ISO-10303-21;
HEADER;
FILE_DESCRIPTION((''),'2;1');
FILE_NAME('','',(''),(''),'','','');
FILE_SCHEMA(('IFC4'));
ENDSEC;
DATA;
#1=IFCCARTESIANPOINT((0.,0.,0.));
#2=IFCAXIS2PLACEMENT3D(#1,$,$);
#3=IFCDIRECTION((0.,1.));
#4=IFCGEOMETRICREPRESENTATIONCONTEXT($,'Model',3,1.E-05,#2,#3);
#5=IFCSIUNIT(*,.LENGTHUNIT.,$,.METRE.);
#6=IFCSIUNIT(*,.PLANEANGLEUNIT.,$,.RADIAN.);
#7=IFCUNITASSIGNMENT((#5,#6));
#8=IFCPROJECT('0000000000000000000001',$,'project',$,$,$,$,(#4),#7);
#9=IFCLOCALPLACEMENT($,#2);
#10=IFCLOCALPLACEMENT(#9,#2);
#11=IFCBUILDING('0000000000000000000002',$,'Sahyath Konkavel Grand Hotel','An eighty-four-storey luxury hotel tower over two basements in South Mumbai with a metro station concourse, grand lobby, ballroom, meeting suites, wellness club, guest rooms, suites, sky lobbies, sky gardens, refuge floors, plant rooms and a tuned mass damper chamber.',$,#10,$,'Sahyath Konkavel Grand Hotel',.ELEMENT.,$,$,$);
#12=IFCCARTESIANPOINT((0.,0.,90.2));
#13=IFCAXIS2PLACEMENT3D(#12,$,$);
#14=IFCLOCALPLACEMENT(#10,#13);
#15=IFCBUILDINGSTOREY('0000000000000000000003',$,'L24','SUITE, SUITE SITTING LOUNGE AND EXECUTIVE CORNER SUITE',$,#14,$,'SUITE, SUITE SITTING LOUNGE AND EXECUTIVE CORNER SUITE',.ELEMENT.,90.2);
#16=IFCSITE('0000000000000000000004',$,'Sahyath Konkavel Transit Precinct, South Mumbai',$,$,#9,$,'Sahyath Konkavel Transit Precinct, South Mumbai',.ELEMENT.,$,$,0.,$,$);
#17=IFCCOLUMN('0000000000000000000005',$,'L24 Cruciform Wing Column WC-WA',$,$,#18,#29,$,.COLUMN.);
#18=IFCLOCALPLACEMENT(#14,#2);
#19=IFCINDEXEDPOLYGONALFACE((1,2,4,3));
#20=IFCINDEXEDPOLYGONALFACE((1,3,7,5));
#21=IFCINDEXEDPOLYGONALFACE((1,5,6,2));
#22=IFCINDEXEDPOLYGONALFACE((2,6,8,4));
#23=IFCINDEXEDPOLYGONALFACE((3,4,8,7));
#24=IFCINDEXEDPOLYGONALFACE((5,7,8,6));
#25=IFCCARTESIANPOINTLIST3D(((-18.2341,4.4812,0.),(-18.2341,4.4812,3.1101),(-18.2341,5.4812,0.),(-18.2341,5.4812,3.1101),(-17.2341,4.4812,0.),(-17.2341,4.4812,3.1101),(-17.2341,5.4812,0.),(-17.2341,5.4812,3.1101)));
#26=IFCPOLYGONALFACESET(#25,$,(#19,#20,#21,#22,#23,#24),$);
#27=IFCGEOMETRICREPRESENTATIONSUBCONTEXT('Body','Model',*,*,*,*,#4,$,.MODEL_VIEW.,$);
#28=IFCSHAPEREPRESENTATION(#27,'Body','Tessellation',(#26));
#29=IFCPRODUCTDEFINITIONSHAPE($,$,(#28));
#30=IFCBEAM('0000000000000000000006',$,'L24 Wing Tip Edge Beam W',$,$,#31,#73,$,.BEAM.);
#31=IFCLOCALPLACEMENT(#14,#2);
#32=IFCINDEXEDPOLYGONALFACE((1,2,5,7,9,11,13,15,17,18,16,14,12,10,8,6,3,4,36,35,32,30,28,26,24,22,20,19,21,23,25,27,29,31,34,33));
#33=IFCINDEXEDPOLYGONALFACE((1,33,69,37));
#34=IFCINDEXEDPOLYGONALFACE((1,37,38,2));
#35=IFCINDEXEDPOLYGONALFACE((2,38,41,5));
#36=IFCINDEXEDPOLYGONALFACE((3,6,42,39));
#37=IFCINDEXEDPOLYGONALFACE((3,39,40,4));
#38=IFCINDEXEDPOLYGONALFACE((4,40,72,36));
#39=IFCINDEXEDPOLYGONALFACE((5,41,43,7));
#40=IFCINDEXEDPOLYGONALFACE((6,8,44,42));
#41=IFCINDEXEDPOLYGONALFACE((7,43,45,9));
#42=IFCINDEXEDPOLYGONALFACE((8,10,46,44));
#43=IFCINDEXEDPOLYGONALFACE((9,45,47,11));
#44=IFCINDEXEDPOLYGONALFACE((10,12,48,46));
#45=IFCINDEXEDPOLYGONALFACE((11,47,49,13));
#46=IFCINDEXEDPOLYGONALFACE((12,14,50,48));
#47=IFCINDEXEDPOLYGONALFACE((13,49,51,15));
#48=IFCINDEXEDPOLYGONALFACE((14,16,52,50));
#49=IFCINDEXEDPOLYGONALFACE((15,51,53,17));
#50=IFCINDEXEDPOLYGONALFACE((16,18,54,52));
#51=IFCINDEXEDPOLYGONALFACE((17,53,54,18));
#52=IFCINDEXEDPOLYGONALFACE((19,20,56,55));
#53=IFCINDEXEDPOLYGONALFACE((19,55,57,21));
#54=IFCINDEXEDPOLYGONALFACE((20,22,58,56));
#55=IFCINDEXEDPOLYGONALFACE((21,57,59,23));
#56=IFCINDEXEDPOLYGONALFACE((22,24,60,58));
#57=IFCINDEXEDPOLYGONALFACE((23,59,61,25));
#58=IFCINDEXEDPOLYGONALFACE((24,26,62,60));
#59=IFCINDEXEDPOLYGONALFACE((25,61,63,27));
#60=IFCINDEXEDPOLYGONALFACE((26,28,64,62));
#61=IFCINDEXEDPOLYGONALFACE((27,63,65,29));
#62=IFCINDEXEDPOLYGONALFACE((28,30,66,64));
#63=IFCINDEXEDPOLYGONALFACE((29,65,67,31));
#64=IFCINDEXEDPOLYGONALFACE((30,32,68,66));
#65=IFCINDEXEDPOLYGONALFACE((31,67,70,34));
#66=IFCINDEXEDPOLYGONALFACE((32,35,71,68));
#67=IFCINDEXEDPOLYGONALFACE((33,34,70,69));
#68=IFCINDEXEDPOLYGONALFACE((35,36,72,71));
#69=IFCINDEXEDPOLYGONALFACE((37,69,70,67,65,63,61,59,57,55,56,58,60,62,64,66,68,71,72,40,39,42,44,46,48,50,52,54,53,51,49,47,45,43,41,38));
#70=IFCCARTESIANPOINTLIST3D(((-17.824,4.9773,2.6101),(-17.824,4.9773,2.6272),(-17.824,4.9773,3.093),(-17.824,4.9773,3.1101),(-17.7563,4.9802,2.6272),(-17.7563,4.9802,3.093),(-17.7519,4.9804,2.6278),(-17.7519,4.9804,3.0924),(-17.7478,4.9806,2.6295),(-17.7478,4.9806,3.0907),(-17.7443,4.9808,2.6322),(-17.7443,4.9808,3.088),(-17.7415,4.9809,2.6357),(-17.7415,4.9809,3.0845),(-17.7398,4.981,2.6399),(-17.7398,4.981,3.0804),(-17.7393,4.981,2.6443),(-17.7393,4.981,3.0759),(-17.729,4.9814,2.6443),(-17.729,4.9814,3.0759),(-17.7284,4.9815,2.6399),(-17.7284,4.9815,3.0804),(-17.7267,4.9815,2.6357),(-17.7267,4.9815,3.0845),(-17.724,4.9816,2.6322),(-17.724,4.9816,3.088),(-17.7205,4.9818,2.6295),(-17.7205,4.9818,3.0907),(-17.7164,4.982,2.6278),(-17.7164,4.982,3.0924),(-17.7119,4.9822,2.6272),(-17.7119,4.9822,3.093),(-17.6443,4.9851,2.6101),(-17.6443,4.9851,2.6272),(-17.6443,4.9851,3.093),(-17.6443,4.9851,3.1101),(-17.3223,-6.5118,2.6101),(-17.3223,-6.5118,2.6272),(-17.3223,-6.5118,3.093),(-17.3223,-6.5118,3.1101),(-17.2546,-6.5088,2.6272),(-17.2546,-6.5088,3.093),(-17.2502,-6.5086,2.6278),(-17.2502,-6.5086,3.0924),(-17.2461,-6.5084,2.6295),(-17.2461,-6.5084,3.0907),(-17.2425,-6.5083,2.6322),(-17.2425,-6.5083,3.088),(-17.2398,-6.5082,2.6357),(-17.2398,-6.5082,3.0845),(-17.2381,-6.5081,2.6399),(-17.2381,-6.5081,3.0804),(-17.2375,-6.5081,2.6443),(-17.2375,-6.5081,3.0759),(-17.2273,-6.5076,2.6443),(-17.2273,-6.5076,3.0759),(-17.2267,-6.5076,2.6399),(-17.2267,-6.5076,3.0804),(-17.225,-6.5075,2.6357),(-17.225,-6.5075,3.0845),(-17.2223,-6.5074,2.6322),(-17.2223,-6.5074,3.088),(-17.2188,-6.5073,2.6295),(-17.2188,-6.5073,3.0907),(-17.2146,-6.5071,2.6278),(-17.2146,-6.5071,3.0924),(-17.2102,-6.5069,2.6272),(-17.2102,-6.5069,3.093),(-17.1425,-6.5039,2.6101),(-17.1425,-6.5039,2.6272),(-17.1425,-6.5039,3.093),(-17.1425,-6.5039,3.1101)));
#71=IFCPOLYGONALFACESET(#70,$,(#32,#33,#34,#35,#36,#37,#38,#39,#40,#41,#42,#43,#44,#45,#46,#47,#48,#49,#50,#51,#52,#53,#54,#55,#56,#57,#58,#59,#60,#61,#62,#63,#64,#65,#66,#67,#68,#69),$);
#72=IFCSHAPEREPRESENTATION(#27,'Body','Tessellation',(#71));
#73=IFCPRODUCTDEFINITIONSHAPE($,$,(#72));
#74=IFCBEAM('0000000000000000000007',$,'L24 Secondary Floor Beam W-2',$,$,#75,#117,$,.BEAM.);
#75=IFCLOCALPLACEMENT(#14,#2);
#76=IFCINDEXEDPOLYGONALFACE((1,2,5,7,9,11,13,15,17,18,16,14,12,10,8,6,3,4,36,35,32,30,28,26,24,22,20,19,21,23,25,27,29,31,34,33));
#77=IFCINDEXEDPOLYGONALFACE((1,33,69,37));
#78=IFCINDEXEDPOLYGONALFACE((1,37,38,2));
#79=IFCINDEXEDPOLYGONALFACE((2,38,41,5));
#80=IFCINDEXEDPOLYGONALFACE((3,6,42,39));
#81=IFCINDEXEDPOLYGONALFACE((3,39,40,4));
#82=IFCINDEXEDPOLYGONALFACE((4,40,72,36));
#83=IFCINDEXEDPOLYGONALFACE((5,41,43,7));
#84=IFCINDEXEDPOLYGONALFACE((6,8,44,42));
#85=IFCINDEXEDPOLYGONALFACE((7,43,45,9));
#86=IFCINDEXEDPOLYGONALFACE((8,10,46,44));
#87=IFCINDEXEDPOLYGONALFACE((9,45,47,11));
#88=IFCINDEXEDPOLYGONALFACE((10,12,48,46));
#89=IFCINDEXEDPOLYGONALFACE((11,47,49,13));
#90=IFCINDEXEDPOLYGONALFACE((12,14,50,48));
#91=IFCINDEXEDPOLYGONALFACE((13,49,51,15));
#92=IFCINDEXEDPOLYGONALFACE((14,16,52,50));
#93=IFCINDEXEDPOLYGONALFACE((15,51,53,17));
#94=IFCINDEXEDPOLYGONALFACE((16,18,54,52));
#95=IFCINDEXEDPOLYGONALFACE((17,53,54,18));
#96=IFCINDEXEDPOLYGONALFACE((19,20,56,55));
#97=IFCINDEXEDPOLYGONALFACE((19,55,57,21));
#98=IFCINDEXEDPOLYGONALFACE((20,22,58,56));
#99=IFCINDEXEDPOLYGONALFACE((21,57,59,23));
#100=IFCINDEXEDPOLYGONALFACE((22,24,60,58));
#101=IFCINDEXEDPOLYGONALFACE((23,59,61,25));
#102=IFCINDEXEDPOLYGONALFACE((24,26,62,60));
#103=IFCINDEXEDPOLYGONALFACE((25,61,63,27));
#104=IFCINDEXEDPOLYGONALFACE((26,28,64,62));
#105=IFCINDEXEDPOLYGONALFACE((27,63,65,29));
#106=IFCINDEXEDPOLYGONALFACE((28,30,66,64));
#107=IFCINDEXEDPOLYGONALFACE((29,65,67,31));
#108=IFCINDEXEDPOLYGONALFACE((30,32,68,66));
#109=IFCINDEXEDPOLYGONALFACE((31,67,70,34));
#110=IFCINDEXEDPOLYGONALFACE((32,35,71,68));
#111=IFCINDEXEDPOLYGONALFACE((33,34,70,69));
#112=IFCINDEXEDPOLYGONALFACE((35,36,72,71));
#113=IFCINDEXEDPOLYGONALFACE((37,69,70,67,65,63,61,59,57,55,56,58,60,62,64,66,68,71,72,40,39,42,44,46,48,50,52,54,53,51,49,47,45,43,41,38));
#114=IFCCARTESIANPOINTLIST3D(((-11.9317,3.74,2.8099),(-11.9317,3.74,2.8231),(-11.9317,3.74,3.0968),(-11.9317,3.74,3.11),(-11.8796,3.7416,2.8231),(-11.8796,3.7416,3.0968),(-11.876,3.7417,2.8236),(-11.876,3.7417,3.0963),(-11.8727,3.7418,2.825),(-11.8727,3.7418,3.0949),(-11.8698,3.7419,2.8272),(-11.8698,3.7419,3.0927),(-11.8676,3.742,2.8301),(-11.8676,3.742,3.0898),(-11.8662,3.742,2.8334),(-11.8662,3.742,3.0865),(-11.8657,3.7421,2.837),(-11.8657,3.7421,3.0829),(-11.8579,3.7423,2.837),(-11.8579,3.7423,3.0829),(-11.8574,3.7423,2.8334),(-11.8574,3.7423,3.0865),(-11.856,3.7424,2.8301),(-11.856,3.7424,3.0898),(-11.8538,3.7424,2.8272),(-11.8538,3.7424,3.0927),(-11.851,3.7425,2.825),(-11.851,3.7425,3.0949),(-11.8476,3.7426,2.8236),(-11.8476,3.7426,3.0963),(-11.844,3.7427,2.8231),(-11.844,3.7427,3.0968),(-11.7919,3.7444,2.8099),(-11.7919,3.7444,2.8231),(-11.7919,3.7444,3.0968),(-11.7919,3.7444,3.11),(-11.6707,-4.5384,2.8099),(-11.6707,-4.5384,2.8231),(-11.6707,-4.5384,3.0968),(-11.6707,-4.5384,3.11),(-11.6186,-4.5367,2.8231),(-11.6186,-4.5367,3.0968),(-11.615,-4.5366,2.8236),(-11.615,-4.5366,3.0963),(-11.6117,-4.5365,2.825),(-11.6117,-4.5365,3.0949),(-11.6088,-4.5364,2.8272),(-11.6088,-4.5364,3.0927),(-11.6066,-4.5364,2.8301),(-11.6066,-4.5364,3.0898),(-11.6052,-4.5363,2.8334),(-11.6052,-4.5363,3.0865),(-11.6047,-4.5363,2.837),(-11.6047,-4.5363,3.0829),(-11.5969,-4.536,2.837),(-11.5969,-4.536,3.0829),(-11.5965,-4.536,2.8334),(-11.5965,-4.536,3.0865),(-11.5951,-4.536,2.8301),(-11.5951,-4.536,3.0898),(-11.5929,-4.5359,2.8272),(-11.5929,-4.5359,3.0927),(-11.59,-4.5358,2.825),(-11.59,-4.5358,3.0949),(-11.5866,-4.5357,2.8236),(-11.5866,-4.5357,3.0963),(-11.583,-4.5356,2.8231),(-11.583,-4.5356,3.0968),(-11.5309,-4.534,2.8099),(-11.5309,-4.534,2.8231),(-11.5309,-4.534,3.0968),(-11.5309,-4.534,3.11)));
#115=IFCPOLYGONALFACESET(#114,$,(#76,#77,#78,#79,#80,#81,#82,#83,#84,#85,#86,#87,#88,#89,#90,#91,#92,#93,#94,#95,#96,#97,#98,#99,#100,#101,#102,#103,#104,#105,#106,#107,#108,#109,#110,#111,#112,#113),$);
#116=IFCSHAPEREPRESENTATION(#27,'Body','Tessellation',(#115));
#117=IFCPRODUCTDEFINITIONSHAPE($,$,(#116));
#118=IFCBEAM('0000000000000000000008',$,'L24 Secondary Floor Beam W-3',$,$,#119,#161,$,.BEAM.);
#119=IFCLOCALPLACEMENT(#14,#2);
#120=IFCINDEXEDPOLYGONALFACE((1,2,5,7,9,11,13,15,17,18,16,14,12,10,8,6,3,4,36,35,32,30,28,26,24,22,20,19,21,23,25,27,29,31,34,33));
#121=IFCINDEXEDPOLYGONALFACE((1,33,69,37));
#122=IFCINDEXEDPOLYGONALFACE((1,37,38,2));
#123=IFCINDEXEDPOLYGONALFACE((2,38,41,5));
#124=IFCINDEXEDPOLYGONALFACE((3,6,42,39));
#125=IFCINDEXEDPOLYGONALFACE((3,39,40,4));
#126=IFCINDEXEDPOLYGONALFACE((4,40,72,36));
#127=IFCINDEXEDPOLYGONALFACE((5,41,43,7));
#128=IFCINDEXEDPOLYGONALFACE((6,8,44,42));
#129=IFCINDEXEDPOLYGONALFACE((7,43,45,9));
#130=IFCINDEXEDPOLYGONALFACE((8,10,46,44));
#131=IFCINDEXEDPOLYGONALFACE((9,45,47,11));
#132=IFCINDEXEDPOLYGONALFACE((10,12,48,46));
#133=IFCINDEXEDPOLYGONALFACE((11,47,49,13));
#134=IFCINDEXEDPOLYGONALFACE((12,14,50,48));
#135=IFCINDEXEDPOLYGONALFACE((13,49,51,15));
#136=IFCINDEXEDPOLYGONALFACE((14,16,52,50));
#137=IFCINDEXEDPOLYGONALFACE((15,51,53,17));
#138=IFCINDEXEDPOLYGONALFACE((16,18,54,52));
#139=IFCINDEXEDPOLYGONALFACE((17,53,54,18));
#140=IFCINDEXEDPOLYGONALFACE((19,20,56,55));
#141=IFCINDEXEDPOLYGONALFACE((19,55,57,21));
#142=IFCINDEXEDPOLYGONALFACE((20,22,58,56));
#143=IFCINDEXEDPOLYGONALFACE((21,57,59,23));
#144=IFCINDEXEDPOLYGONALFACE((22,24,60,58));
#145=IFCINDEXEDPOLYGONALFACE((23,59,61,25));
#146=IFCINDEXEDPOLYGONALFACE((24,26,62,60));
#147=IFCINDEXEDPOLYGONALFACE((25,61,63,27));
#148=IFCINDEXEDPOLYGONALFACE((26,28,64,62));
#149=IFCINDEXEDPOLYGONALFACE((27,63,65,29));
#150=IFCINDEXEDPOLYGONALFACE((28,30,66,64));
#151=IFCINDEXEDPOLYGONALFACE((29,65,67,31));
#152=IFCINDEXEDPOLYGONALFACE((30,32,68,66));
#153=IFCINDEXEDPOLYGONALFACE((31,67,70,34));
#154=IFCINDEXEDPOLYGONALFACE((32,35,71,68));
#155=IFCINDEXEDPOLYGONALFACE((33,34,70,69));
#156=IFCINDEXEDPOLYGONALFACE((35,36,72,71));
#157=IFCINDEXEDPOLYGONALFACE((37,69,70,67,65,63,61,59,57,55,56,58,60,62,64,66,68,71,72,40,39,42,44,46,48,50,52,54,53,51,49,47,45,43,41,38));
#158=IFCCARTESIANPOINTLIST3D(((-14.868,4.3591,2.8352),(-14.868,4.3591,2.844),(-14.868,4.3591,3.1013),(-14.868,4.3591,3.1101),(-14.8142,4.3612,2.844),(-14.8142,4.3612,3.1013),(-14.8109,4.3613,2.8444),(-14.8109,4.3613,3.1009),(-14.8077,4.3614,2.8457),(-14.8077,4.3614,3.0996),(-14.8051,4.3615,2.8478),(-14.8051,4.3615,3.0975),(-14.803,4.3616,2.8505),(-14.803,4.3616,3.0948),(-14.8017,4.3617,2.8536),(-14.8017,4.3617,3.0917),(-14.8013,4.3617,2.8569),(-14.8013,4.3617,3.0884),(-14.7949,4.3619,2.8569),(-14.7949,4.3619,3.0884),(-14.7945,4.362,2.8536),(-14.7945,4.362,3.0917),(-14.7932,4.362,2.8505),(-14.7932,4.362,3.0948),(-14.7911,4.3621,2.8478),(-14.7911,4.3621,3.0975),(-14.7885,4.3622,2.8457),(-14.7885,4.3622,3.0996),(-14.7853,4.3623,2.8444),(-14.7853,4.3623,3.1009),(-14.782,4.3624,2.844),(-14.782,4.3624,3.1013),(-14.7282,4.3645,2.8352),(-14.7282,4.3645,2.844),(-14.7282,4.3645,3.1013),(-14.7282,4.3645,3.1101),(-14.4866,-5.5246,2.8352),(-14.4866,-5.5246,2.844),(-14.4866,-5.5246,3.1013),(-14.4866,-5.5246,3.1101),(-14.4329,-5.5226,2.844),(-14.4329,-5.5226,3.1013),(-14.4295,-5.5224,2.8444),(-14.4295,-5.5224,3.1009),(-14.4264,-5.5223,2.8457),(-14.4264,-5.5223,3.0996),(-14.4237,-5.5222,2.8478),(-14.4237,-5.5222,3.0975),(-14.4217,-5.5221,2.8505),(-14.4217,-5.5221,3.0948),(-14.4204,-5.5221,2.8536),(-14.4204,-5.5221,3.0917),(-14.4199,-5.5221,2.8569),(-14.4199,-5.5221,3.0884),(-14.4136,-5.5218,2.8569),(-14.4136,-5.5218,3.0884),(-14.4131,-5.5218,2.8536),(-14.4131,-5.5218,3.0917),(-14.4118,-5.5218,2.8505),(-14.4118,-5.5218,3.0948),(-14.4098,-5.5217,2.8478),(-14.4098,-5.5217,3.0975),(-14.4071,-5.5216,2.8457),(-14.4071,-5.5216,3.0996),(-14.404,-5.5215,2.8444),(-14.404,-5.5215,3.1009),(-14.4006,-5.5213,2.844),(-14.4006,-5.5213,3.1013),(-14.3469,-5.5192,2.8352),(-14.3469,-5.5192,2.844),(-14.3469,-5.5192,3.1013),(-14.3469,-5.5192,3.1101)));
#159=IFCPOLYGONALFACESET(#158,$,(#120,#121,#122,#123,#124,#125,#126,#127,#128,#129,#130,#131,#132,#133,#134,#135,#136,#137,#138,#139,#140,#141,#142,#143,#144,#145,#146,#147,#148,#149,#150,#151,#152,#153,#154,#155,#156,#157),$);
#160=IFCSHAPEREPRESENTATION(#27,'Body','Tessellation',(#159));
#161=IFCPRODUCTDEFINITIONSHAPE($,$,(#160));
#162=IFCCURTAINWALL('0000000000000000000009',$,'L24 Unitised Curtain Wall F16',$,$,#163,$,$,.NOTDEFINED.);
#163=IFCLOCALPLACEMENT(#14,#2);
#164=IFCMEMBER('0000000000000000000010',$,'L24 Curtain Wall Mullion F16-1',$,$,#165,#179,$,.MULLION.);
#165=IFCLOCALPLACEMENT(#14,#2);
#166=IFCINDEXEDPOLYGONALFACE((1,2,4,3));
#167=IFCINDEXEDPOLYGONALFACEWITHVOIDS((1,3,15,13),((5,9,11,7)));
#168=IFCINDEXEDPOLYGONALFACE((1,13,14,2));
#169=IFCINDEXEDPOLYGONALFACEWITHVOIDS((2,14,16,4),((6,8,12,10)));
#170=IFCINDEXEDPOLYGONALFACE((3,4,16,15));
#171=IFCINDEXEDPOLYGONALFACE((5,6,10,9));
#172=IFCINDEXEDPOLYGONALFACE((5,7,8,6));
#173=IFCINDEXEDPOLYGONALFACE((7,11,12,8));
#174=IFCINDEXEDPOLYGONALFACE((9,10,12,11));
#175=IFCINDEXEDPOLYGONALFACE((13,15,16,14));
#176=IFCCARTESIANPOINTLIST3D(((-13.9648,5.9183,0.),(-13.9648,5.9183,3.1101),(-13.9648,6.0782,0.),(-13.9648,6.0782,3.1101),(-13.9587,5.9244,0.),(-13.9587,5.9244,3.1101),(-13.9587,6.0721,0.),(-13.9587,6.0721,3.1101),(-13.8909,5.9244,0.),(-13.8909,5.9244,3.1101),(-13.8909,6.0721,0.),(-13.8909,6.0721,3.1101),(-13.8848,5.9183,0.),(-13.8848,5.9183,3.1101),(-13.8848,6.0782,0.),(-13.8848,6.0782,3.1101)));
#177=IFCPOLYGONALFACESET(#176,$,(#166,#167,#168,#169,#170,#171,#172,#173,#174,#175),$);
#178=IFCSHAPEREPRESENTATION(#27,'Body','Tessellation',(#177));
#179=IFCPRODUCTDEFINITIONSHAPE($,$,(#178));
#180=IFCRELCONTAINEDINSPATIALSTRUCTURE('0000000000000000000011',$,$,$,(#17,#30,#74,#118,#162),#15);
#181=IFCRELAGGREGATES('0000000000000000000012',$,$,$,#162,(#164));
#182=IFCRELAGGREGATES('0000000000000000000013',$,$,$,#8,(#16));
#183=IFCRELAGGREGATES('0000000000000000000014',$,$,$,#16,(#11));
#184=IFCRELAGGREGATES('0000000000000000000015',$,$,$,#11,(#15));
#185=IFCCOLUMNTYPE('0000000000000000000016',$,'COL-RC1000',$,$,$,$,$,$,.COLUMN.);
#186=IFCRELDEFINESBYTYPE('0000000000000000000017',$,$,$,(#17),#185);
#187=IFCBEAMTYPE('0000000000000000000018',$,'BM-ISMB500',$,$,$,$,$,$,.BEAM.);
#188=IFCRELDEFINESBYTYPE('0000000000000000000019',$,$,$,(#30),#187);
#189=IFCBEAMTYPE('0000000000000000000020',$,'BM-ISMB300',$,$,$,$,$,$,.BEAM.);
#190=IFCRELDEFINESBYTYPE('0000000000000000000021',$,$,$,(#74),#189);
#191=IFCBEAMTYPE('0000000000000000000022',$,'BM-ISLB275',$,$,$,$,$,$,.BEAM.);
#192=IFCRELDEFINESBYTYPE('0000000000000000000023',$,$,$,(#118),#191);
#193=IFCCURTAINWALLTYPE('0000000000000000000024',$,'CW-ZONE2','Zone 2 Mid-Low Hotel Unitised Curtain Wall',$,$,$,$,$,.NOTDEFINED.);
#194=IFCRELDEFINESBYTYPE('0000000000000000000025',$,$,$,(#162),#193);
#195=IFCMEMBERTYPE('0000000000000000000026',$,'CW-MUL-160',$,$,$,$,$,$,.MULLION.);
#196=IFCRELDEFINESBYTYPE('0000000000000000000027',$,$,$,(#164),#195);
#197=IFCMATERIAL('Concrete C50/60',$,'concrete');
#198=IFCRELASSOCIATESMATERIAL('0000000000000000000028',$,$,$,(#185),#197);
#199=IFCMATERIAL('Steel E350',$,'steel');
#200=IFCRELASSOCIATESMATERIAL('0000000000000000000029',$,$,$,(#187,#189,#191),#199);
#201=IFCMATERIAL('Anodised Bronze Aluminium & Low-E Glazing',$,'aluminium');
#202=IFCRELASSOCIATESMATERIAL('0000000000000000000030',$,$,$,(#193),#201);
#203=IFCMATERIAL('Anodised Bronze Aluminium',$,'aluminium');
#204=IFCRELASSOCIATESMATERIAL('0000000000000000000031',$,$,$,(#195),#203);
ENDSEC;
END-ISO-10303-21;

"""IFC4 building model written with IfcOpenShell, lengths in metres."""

from ifc_helpers import new_model, si_unit, direction, frame, origin, origin_2d, place, context, subcontext, project, spatial, rectangle, hollow_rectangle, i_section, extrude, source, transform, mapped, material, material_profile, profile_set, type_object, element, aggregate, save


model = new_model("IFC4")

# Units and contexts
model_context = context("Model", 3, precision=1e-05, world=origin(), true_north=direction((0.0, 1.0)))
body_context = subcontext(model_context, "Body", "Model", "MODEL_VIEW")
ifc_project = project(units=[si_unit("LENGTHUNIT", "METRE"), si_unit("PLANEANGLEUNIT", "RADIAN")], contexts=[model_context])

# Site, building, storey
site_placement = place(None, origin())
site = spatial("IfcSite", under=ifc_project, at=site_placement, Name="Sahyath Konkavel Transit Precinct, South Mumbai", LongName="Sahyath Konkavel Transit Precinct, South Mumbai", CompositionType="ELEMENT", RefElevation=0.0)
building_placement = place(site_placement, origin())
building = spatial("IfcBuilding", under=site, at=building_placement, Name="Sahyath Konkavel Grand Hotel", Description="An eighty-four-storey luxury hotel tower over two basements in South Mumbai with a metro station concourse, grand lobby, ballroom, meeting suites, wellness club, guest rooms, suites, sky lobbies, sky gardens, refuge floors, plant rooms and a tuned mass damper chamber.", LongName="Sahyath Konkavel Grand Hotel", CompositionType="ELEMENT")
storey_placement = place(building_placement, frame((0.0, 0.0, 90.2)))
storey = spatial("IfcBuildingStorey", under=building, at=storey_placement, Name="L24", Description="SUITE, SUITE SITTING LOUNGE AND EXECUTIVE CORNER SUITE", LongName="SUITE, SUITE SITTING LOUNGE AND EXECUTIVE CORNER SUITE", CompositionType="ELEMENT", Elevation=90.2)

# Column
ifc_material_1 = material(Name="Concrete C50/60", Category="concrete")
ifc_material_profile_1 = material_profile(ifc_material_1, rectangle(XDim=1.0, YDim=1.0, at=origin_2d()), Name="RC 1000x1000")
ifc_profile_set_1 = profile_set([ifc_material_profile_1], Name="Concrete C50/60")
column_type = type_object("IfcColumnType", Name="COL-RC1000", PredefinedType="COLUMN", material=ifc_profile_set_1)
shared_shape_1 = source(origin(), body_context, "Body", "SweptSolid", [
    extrude(rectangle(XDim=1.0, YDim=1.0, at=origin_2d()), origin(), (0.0, 0.0, 1.0), 3.1101),
])
column_placement = place(storey_placement, frame((-17.7341, 4.9812, 0.0), z_axis=(0.0, 0.0, 1.0), x_axis=(1.0, 0.0, 0.0)))
element("IfcColumn", 1, at=column_placement, inside=storey, type_object=column_type, Name="L24 Cruciform Wing Column WC-WA", PredefinedType="COLUMN", context=body_context, shape_type="MappedRepresentation", body=[
    mapped(shared_shape_1, transform((0.0, 0.0, 0.0), scale=1.0)),
])

# Beams
ifc_material_2 = material(Name="Steel E350", Category="steel")
ifc_material_profile_2 = material_profile(ifc_material_2, i_section(OverallWidth=0.1799, OverallDepth=0.5, WebThickness=0.0103, FlangeThickness=0.0171, FilletRadius=0.0171, at=origin_2d()), Name="ISMB 500")
ifc_profile_set_2 = profile_set([ifc_material_profile_2], Name="Steel E350")
beam_type_1 = type_object("IfcBeamType", Name="BM-ISMB500", PredefinedType="BEAM", material=ifc_profile_set_2)
shared_shape_2 = source(origin(), body_context, "Body", "SweptSolid", [
    extrude(i_section(OverallWidth=0.1799, OverallDepth=0.5, WebThickness=0.0103, FlangeThickness=0.0171, FilletRadius=0.0171, at=origin_2d()), origin(), (0.0, 0.0, 1.0), 11.5),
])
beam_1_placement = place(storey_placement, frame((-17.7341, 4.9812, 2.8601), z_axis=(0.043627, -0.999048, 0.0), x_axis=(0.999048, 0.043627, 0.0)))
element("IfcBeam", 2, at=beam_1_placement, inside=storey, type_object=beam_type_1, Name="L24 Wing Tip Edge Beam W", PredefinedType="BEAM", context=body_context, shape_type="MappedRepresentation", body=[
    mapped(shared_shape_2, transform((0.0, 0.0, 0.0), scale=1.0)),
])
ifc_material_profile_3 = material_profile(ifc_material_2, i_section(OverallWidth=0.1399, OverallDepth=0.3, WebThickness=0.0078, FlangeThickness=0.0132, FilletRadius=0.0139, at=origin_2d()), Name="ISMB 300")
ifc_profile_set_3 = profile_set([ifc_material_profile_3], Name="Steel E350")
beam_type_2 = type_object("IfcBeamType", Name="BM-ISMB300", PredefinedType="BEAM", material=ifc_profile_set_3)
shared_shape_3 = source(origin(), body_context, "Body", "SweptSolid", [
    extrude(i_section(OverallWidth=0.1399, OverallDepth=0.3, WebThickness=0.0078, FlangeThickness=0.0132, FilletRadius=0.0139, at=origin_2d()), origin(), (0.0, 0.0, 1.0), 8.2825),
])
beam_2_placement = place(storey_placement, frame((-11.8618, 3.7422, 2.96), z_axis=(0.031511, -0.999503, 0.0), x_axis=(0.999503, 0.031511, 0.0)))
element("IfcBeam", 3, at=beam_2_placement, inside=storey, type_object=beam_type_2, Name="L24 Secondary Floor Beam W-2", PredefinedType="BEAM", context=body_context, shape_type="MappedRepresentation", body=[
    mapped(shared_shape_3, transform((0.0, 0.0, 0.0), scale=1.0)),
])
ifc_material_profile_4 = material_profile(ifc_material_2, i_section(OverallWidth=0.1399, OverallDepth=0.2749, WebThickness=0.0063, FlangeThickness=0.0088, FilletRadius=0.0129, at=origin_2d()), Name="ISLB 275")
ifc_profile_set_4 = profile_set([ifc_material_profile_4], Name="Steel E350")
beam_type_3 = type_object("IfcBeamType", Name="BM-ISLB275", PredefinedType="BEAM", material=ifc_profile_set_4)
shared_shape_4 = source(origin(), body_context, "Body", "SweptSolid", [
    extrude(i_section(OverallWidth=0.1399, OverallDepth=0.2749, WebThickness=0.0063, FlangeThickness=0.0088, FilletRadius=0.0129, at=origin_2d()), origin(), (0.0, 0.0, 1.0), 9.8911),
])
beam_3_placement = place(storey_placement, frame((-14.7981, 4.3618, 2.9727), z_axis=(0.038554, -0.999257, 0.0), x_axis=(0.999257, 0.038554, 0.0)))
element("IfcBeam", 4, at=beam_3_placement, inside=storey, type_object=beam_type_3, Name="L24 Secondary Floor Beam W-3", PredefinedType="BEAM", context=body_context, shape_type="MappedRepresentation", body=[
    mapped(shared_shape_4, transform((0.0, 0.0, 0.0), scale=1.0)),
])

# Curtain wall, member
ifc_material_3 = material(Name="Anodised Bronze Aluminium & Low-E Glazing", Category="aluminium")
curtain_wall_type = type_object("IfcCurtainWallType", Name="CW-ZONE2", Description="Zone 2 Mid-Low Hotel Unitised Curtain Wall", PredefinedType="NOTDEFINED", material=ifc_material_3)
curtain_wall_1_placement = place(storey_placement, origin())
curtain_wall_1 = element("IfcCurtainWall", 5, at=curtain_wall_1_placement, inside=storey, type_object=curtain_wall_type, Name="L24 Unitised Curtain Wall F16", PredefinedType="NOTDEFINED")
ifc_material_4 = material(Name="Anodised Bronze Aluminium", Category="aluminium")
ifc_material_profile_5 = material_profile(ifc_material_4, hollow_rectangle(XDim=0.0801, YDim=0.1599, WallThickness=0.0061, at=origin_2d()), Name="RHS 160x80x6")
ifc_profile_set_5 = profile_set([ifc_material_profile_5], Name="Anodised Bronze Aluminium")
member_type_1 = type_object("IfcMemberType", Name="CW-MUL-160", PredefinedType="MULLION", material=ifc_profile_set_5)
shared_shape_5 = source(origin(), body_context, "Body", "SweptSolid", [
    extrude(hollow_rectangle(XDim=0.0801, YDim=0.1599, WallThickness=0.0061, at=origin_2d()), origin(), (0.0, 0.0, 1.0), 3.1101),
])
member_1_placement = place(storey_placement, frame((-13.9248, 5.9983, 0.0), z_axis=(0.0, 0.0, 1.0), x_axis=(1.0, 0.0, 0.0)))
member_1 = element("IfcMember", 6, at=member_1_placement, type_object=member_type_1, Name="L24 Curtain Wall Mullion F16-1", PredefinedType="MULLION", context=body_context, shape_type="MappedRepresentation", body=[
    mapped(shared_shape_5, transform((0.0, 0.0, 0.0), scale=1.0)),
])

aggregate(curtain_wall_1, [member_1])

save(model, "model.ifc")
